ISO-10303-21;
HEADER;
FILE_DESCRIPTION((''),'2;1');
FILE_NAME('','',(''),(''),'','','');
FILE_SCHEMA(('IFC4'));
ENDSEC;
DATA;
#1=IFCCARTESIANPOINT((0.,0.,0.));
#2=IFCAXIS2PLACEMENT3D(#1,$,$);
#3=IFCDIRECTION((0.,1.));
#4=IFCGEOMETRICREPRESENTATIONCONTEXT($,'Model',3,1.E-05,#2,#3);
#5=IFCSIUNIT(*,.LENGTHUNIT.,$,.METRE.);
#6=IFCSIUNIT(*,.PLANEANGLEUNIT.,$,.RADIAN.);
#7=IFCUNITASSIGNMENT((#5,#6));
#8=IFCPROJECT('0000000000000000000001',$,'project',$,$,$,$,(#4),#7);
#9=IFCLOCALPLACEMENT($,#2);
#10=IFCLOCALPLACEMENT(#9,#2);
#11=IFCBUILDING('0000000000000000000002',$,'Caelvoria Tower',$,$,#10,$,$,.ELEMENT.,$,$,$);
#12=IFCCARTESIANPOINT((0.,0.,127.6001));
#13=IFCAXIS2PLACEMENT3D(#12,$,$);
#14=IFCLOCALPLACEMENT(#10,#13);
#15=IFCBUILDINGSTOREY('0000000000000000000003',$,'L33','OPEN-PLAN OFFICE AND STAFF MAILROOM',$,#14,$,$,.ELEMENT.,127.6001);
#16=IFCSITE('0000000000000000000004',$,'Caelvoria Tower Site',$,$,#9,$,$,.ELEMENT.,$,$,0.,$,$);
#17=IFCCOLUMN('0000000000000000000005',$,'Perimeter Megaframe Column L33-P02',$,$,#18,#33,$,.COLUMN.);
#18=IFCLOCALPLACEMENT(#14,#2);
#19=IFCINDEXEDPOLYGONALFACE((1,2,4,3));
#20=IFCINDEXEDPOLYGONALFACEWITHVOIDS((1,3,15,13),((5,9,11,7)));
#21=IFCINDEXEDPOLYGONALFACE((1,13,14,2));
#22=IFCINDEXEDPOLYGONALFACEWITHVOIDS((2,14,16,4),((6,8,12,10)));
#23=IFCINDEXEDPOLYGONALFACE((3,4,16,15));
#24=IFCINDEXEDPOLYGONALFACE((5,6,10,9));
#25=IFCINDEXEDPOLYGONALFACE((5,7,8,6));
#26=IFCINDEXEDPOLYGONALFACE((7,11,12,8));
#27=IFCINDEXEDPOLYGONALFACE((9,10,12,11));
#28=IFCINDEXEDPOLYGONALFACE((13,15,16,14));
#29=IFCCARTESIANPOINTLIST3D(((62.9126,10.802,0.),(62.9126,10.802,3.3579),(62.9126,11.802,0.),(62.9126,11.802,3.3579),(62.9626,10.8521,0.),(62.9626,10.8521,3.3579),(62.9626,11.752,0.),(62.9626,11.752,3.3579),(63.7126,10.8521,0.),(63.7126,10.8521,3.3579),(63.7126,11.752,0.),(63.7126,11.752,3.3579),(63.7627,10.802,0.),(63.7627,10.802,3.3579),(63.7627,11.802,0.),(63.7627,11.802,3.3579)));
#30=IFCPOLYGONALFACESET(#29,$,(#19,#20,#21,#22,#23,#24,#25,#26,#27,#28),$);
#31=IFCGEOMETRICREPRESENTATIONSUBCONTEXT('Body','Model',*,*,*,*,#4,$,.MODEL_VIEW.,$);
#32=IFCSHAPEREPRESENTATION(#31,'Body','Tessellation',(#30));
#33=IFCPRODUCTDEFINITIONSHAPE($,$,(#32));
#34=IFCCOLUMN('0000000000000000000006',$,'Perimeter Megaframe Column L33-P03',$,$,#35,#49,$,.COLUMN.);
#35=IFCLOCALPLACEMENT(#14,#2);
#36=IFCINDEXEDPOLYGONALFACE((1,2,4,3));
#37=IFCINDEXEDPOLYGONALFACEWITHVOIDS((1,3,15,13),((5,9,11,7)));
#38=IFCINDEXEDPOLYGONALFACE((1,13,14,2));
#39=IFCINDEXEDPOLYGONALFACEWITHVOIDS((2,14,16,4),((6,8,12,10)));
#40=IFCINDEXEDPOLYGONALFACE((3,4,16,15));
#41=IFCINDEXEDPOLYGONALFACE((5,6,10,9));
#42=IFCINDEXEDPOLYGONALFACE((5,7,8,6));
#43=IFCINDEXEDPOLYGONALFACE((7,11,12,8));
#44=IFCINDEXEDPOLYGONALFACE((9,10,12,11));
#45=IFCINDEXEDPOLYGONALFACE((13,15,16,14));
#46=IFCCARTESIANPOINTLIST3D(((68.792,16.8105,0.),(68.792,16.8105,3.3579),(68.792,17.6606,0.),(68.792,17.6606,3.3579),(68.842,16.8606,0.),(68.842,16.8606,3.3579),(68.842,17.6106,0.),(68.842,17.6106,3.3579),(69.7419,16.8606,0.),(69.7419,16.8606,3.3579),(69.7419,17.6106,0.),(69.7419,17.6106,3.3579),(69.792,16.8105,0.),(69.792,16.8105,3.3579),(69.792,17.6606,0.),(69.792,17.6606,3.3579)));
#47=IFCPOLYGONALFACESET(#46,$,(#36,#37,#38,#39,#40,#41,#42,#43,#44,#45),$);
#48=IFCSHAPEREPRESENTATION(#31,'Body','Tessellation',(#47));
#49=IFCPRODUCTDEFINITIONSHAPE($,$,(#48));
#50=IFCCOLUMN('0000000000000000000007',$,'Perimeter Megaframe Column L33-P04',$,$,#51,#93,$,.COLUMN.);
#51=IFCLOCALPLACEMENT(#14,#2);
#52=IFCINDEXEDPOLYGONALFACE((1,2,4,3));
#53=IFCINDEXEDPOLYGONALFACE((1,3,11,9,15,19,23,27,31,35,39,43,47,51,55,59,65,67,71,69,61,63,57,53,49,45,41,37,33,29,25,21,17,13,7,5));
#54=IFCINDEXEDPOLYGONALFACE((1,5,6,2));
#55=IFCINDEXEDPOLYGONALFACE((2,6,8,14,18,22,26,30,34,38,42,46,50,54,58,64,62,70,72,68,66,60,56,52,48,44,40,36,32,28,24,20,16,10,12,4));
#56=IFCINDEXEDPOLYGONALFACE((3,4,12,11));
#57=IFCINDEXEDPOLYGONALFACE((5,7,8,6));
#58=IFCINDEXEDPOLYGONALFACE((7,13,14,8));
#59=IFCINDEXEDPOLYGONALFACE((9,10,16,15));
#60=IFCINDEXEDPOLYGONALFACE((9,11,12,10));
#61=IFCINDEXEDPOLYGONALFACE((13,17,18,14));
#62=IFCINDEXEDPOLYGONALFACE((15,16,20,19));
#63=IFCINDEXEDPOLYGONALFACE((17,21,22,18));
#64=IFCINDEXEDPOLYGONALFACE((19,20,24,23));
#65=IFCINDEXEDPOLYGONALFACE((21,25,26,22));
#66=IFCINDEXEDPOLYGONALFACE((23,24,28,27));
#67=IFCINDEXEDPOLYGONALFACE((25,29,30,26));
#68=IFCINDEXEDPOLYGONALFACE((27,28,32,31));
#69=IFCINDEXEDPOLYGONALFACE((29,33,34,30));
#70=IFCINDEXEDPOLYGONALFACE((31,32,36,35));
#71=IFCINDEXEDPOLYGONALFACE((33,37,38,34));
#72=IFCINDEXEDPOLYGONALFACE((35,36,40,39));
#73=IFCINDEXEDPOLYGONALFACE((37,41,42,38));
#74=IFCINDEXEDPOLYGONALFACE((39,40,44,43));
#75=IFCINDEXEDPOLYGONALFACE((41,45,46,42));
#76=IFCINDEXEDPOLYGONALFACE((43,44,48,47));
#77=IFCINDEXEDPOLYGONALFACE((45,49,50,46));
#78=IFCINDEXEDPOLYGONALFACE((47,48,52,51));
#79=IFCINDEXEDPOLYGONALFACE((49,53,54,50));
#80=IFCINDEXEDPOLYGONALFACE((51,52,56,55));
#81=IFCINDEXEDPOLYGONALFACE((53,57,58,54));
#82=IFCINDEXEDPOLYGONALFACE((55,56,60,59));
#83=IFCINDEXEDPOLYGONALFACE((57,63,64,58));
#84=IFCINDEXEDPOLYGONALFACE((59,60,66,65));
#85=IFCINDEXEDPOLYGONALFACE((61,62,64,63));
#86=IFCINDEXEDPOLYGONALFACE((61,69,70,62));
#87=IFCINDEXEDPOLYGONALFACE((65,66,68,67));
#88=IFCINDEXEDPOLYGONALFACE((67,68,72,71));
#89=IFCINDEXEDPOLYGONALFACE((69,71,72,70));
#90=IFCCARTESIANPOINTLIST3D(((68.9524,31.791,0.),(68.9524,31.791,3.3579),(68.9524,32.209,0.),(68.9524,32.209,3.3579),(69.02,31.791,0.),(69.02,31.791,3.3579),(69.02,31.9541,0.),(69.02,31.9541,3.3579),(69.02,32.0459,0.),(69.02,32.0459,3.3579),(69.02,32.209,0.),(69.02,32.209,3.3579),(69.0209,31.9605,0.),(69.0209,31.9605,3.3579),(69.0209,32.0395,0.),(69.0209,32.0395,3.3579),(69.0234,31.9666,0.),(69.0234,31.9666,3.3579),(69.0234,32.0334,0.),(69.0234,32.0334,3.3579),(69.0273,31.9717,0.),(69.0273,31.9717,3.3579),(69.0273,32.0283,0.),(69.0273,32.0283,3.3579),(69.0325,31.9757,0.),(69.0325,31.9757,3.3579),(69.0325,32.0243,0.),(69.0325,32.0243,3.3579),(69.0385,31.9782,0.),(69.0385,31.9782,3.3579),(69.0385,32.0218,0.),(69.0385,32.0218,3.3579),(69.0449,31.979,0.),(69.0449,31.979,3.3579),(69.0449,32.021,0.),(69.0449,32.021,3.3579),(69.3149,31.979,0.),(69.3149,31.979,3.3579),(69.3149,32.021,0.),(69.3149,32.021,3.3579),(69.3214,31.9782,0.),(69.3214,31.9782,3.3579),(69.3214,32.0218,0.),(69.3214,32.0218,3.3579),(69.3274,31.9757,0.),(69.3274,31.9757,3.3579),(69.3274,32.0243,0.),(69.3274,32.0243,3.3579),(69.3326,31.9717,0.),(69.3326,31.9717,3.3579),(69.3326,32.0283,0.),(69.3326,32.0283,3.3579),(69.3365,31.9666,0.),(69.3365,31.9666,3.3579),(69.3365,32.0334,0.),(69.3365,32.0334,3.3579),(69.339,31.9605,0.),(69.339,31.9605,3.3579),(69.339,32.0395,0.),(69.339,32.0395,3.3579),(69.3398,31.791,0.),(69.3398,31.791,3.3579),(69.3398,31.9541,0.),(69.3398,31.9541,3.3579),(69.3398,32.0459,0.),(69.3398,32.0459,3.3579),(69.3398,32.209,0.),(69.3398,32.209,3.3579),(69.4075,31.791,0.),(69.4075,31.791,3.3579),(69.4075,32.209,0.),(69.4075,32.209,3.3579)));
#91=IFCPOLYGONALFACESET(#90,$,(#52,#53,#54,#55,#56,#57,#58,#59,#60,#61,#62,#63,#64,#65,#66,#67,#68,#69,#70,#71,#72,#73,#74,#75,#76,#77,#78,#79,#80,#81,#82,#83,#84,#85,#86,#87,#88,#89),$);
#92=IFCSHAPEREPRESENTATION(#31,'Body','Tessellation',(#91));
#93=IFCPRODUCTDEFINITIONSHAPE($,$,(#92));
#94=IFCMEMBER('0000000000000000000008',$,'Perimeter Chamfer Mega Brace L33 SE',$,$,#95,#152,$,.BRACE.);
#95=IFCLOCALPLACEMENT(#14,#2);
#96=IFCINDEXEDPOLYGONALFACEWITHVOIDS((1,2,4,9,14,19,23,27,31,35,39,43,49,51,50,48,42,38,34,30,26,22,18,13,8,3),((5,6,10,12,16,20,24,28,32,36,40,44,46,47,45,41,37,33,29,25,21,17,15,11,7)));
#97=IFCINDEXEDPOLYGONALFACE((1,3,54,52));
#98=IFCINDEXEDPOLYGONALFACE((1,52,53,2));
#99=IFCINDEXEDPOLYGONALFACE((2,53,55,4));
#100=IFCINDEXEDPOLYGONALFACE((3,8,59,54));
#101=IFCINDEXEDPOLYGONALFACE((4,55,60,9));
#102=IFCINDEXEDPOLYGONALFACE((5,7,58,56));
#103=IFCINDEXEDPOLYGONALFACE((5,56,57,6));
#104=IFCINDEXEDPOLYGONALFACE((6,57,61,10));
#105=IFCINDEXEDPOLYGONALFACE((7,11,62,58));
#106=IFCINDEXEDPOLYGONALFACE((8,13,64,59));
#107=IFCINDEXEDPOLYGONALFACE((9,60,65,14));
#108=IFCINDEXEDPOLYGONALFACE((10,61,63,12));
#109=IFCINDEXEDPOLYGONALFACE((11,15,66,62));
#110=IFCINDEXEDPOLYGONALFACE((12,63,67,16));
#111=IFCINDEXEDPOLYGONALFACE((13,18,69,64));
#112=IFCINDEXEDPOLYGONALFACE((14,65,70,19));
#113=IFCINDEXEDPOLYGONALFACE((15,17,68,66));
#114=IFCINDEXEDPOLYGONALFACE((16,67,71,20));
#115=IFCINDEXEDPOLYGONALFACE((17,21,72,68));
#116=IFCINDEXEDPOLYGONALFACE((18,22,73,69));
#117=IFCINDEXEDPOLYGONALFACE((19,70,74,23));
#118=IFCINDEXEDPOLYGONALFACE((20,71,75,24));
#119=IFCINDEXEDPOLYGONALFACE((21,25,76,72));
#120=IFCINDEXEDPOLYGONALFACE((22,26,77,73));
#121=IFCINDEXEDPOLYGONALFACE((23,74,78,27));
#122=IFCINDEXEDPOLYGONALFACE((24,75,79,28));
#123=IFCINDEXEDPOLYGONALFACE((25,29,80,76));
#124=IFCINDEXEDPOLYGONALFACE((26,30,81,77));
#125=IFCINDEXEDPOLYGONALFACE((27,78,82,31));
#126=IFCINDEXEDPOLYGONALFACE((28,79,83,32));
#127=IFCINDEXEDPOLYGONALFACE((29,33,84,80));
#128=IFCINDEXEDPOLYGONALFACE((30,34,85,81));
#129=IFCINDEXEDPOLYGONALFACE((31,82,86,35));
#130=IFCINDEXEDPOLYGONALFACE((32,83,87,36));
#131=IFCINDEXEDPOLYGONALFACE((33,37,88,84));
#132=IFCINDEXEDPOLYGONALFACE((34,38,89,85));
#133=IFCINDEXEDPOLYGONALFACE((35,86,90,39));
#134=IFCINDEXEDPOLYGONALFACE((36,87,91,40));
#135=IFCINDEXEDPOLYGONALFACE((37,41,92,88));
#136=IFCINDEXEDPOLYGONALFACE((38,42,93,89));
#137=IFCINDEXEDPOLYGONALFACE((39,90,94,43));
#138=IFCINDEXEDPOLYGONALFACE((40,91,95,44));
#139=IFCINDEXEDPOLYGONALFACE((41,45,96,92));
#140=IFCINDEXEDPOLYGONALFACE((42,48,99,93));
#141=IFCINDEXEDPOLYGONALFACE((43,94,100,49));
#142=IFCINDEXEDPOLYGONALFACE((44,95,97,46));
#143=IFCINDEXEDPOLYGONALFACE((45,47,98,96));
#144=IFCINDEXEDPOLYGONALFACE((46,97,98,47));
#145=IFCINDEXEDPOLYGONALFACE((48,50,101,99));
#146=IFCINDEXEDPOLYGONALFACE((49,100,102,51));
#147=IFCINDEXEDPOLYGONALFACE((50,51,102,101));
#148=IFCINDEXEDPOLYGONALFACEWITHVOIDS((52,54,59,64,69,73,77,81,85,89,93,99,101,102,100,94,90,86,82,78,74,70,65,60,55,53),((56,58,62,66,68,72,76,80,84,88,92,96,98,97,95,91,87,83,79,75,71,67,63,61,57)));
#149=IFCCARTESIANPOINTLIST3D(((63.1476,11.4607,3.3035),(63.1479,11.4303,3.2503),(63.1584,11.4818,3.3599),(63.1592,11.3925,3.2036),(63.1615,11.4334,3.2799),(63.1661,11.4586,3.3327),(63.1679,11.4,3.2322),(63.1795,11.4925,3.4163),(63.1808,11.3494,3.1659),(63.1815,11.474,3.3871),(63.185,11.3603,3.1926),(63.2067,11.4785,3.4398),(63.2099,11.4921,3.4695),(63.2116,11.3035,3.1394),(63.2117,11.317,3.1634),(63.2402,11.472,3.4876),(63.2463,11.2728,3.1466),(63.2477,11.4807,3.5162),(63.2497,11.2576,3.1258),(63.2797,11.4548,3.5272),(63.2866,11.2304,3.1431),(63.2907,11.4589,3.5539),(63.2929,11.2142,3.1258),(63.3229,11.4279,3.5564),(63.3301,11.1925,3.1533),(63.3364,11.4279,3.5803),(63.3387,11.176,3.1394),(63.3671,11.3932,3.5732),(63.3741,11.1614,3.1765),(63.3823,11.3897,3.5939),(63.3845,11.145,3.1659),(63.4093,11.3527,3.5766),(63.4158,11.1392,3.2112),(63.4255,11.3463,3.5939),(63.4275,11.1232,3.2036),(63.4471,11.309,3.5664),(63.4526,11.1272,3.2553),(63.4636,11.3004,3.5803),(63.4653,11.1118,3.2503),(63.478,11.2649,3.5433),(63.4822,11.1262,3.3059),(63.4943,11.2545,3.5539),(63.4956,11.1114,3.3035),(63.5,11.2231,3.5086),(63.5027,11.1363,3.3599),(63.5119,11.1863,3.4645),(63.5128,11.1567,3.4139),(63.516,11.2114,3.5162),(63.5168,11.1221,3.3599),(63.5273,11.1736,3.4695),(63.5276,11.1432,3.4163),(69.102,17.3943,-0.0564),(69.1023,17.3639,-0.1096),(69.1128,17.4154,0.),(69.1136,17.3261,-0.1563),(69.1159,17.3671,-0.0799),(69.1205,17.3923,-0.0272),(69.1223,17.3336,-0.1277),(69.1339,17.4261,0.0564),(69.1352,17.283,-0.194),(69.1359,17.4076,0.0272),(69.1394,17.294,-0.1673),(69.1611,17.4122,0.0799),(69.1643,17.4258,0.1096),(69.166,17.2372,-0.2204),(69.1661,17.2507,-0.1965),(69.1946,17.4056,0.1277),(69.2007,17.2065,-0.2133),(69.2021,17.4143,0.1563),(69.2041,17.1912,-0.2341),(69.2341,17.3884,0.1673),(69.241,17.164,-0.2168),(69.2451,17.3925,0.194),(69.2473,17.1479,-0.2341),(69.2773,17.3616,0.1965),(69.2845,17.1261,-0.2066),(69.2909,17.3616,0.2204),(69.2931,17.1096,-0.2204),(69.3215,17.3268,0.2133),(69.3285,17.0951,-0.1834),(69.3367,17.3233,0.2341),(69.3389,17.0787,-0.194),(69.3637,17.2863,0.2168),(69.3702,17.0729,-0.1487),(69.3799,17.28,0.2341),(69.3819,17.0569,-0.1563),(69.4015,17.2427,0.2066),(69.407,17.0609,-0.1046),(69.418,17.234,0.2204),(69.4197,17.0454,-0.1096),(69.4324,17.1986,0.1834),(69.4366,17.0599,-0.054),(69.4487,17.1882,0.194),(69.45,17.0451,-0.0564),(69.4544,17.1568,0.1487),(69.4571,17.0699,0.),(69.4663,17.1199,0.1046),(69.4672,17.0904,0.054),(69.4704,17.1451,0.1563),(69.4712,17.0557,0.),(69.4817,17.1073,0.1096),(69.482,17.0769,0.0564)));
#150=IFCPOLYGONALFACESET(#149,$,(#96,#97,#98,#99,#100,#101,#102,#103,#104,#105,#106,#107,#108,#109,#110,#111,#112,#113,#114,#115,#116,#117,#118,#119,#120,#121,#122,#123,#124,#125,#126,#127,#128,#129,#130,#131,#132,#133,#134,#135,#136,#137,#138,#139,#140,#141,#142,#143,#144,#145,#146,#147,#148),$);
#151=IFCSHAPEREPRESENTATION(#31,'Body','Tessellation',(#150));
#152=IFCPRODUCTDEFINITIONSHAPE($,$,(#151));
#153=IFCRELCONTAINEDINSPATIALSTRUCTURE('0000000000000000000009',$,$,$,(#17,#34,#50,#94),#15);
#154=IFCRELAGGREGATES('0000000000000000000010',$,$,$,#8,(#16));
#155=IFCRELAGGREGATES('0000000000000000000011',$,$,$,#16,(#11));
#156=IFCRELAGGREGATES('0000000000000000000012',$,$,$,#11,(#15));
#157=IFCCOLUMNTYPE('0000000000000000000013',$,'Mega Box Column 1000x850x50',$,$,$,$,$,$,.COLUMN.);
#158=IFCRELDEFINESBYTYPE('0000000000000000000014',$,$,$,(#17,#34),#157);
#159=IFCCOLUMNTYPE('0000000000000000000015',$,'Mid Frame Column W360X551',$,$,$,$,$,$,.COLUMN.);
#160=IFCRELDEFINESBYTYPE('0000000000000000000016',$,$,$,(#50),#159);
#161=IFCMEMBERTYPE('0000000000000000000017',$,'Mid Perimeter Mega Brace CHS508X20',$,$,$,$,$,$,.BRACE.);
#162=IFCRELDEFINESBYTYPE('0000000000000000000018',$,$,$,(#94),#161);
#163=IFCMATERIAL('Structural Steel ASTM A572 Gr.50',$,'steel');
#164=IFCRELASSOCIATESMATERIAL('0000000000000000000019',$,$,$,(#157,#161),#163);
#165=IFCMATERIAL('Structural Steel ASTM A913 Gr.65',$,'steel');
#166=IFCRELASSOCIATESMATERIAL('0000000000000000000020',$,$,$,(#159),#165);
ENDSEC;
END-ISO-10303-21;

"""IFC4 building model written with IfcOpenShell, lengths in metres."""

from ifc_helpers import new_model, si_unit, direction, frame, origin, origin_2d, place, context, subcontext, project, spatial, hollow_rectangle, hollow_circle, i_section, extrude, material, material_profile, profile_set, type_object, element, save


model = new_model("IFC4")

# Units and contexts
model_context = context("Model", 3, precision=1e-05, world=origin(), true_north=direction((0.0, 1.0)))
body_context = subcontext(model_context, "Body", "Model", "MODEL_VIEW")
ifc_project = project(units=[si_unit("LENGTHUNIT", "METRE"), si_unit("PLANEANGLEUNIT", "RADIAN")], contexts=[model_context])

# Site, building, storey
site_placement = place(None, origin())
site = spatial("IfcSite", under=ifc_project, at=site_placement, Name="Caelvoria Tower Site", CompositionType="ELEMENT", RefElevation=0.0)
building_placement = place(site_placement, origin())
building = spatial("IfcBuilding", under=site, at=building_placement, Name="Caelvoria Tower", CompositionType="ELEMENT")
storey_placement = place(building_placement, frame((0.0, 0.0, 127.6001)))
storey = spatial("IfcBuildingStorey", under=building, at=storey_placement, Name="L33", Description="OPEN-PLAN OFFICE AND STAFF MAILROOM", CompositionType="ELEMENT", Elevation=127.6001)

# Columns
ifc_material_1 = material(Name="Structural Steel ASTM A572 Gr.50", Category="steel")
ifc_material_profile_1 = material_profile(ifc_material_1, hollow_rectangle(XDim=0.8501, YDim=1.0, WallThickness=0.05, at=origin_2d()), Name="Structural Steel ASTM A572 Gr.50")
ifc_profile_set_1 = profile_set([ifc_material_profile_1], Name="BOX1000X850X50 - Structural Steel ASTM A572 Gr.50")
column_type_1 = type_object("IfcColumnType", Name="Mega Box Column 1000x850x50", PredefinedType="COLUMN", material=ifc_profile_set_1)
for number, where, z_axis, x_axis, name in (
    (1, (63.3376, 11.302, 0.0), (0.0, 0.0, 1.0), (1.0, 0.0, 0.0), "Perimeter Megaframe Column L33-P02"),
    (2, (69.292, 17.2356, 0.0), (0.0, 0.0, 1.0), (0.0, 1.0, 0.0), "Perimeter Megaframe Column L33-P03"),
):
    element("IfcColumn", number, at=place(storey_placement, frame(where, z_axis=z_axis, x_axis=x_axis)), inside=storey, type_object=column_type_1, Name=name, PredefinedType="COLUMN", context=body_context, shape_type="SweptSolid", body=[
        extrude(hollow_rectangle(XDim=0.8501, YDim=1.0, WallThickness=0.05, at=origin_2d()), origin(), (0.0, 0.0, 1.0), 3.3579),
    ])
ifc_material_2 = material(Name="Structural Steel ASTM A913 Gr.65", Category="steel")
ifc_material_profile_2 = material_profile(ifc_material_2, i_section(OverallWidth=0.418, OverallDepth=0.4551, WebThickness=0.042, FlangeThickness=0.0676, FilletRadius=0.0249, at=origin_2d()), Name="Structural Steel ASTM A913 Gr.65")
ifc_profile_set_2 = profile_set([ifc_material_profile_2], Name="W360X551 - Structural Steel ASTM A913 Gr.65")
column_type_2 = type_object("IfcColumnType", Name="Mid Frame Column W360X551", PredefinedType="COLUMN", material=ifc_profile_set_2)
column_placement = place(storey_placement, frame((69.1799, 32.0, 0.0), z_axis=(0.0, 0.0, 1.0), x_axis=(0.0, 1.0, 0.0)))
element("IfcColumn", 3, at=column_placement, inside=storey, type_object=column_type_2, Name="Perimeter Megaframe Column L33-P04", PredefinedType="COLUMN", context=body_context, shape_type="SweptSolid", body=[
    extrude(i_section(OverallWidth=0.418, OverallDepth=0.4551, WebThickness=0.042, FlangeThickness=0.0676, FilletRadius=0.0249, at=origin_2d()), origin(), (0.0, 0.0, 1.0), 3.3579),
])

# Member
ifc_material_profile_3 = material_profile(ifc_material_1, hollow_circle(Radius=0.2539, WallThickness=0.02, at=origin_2d()), Name="Structural Steel ASTM A572 Gr.50")
ifc_profile_set_3 = profile_set([ifc_material_profile_3], Name="CHS508X20 - Structural Steel ASTM A572 Gr.50")
member_type = type_object("IfcMemberType", Name="Mid Perimeter Mega Brace CHS508X20", PredefinedType="BRACE", material=ifc_profile_set_3)
member_1_placement = place(storey_placement, frame((69.292, 17.2356, 0.0), z_axis=(-0.657746, -0.655454, 0.371147), x_axis=(0.705871, -0.70834, 0.0)))
element("IfcMember", 4, at=member_1_placement, inside=storey, type_object=member_type, Name="Perimeter Chamfer Mega Brace L33 SE", PredefinedType="BRACE", context=body_context, shape_type="SweptSolid", body=[
    extrude(hollow_circle(Radius=0.2539, WallThickness=0.02, at=origin_2d()), origin(), (0.0, 0.0, 1.0), 9.0527),
])

save(model, "model.ifc")
